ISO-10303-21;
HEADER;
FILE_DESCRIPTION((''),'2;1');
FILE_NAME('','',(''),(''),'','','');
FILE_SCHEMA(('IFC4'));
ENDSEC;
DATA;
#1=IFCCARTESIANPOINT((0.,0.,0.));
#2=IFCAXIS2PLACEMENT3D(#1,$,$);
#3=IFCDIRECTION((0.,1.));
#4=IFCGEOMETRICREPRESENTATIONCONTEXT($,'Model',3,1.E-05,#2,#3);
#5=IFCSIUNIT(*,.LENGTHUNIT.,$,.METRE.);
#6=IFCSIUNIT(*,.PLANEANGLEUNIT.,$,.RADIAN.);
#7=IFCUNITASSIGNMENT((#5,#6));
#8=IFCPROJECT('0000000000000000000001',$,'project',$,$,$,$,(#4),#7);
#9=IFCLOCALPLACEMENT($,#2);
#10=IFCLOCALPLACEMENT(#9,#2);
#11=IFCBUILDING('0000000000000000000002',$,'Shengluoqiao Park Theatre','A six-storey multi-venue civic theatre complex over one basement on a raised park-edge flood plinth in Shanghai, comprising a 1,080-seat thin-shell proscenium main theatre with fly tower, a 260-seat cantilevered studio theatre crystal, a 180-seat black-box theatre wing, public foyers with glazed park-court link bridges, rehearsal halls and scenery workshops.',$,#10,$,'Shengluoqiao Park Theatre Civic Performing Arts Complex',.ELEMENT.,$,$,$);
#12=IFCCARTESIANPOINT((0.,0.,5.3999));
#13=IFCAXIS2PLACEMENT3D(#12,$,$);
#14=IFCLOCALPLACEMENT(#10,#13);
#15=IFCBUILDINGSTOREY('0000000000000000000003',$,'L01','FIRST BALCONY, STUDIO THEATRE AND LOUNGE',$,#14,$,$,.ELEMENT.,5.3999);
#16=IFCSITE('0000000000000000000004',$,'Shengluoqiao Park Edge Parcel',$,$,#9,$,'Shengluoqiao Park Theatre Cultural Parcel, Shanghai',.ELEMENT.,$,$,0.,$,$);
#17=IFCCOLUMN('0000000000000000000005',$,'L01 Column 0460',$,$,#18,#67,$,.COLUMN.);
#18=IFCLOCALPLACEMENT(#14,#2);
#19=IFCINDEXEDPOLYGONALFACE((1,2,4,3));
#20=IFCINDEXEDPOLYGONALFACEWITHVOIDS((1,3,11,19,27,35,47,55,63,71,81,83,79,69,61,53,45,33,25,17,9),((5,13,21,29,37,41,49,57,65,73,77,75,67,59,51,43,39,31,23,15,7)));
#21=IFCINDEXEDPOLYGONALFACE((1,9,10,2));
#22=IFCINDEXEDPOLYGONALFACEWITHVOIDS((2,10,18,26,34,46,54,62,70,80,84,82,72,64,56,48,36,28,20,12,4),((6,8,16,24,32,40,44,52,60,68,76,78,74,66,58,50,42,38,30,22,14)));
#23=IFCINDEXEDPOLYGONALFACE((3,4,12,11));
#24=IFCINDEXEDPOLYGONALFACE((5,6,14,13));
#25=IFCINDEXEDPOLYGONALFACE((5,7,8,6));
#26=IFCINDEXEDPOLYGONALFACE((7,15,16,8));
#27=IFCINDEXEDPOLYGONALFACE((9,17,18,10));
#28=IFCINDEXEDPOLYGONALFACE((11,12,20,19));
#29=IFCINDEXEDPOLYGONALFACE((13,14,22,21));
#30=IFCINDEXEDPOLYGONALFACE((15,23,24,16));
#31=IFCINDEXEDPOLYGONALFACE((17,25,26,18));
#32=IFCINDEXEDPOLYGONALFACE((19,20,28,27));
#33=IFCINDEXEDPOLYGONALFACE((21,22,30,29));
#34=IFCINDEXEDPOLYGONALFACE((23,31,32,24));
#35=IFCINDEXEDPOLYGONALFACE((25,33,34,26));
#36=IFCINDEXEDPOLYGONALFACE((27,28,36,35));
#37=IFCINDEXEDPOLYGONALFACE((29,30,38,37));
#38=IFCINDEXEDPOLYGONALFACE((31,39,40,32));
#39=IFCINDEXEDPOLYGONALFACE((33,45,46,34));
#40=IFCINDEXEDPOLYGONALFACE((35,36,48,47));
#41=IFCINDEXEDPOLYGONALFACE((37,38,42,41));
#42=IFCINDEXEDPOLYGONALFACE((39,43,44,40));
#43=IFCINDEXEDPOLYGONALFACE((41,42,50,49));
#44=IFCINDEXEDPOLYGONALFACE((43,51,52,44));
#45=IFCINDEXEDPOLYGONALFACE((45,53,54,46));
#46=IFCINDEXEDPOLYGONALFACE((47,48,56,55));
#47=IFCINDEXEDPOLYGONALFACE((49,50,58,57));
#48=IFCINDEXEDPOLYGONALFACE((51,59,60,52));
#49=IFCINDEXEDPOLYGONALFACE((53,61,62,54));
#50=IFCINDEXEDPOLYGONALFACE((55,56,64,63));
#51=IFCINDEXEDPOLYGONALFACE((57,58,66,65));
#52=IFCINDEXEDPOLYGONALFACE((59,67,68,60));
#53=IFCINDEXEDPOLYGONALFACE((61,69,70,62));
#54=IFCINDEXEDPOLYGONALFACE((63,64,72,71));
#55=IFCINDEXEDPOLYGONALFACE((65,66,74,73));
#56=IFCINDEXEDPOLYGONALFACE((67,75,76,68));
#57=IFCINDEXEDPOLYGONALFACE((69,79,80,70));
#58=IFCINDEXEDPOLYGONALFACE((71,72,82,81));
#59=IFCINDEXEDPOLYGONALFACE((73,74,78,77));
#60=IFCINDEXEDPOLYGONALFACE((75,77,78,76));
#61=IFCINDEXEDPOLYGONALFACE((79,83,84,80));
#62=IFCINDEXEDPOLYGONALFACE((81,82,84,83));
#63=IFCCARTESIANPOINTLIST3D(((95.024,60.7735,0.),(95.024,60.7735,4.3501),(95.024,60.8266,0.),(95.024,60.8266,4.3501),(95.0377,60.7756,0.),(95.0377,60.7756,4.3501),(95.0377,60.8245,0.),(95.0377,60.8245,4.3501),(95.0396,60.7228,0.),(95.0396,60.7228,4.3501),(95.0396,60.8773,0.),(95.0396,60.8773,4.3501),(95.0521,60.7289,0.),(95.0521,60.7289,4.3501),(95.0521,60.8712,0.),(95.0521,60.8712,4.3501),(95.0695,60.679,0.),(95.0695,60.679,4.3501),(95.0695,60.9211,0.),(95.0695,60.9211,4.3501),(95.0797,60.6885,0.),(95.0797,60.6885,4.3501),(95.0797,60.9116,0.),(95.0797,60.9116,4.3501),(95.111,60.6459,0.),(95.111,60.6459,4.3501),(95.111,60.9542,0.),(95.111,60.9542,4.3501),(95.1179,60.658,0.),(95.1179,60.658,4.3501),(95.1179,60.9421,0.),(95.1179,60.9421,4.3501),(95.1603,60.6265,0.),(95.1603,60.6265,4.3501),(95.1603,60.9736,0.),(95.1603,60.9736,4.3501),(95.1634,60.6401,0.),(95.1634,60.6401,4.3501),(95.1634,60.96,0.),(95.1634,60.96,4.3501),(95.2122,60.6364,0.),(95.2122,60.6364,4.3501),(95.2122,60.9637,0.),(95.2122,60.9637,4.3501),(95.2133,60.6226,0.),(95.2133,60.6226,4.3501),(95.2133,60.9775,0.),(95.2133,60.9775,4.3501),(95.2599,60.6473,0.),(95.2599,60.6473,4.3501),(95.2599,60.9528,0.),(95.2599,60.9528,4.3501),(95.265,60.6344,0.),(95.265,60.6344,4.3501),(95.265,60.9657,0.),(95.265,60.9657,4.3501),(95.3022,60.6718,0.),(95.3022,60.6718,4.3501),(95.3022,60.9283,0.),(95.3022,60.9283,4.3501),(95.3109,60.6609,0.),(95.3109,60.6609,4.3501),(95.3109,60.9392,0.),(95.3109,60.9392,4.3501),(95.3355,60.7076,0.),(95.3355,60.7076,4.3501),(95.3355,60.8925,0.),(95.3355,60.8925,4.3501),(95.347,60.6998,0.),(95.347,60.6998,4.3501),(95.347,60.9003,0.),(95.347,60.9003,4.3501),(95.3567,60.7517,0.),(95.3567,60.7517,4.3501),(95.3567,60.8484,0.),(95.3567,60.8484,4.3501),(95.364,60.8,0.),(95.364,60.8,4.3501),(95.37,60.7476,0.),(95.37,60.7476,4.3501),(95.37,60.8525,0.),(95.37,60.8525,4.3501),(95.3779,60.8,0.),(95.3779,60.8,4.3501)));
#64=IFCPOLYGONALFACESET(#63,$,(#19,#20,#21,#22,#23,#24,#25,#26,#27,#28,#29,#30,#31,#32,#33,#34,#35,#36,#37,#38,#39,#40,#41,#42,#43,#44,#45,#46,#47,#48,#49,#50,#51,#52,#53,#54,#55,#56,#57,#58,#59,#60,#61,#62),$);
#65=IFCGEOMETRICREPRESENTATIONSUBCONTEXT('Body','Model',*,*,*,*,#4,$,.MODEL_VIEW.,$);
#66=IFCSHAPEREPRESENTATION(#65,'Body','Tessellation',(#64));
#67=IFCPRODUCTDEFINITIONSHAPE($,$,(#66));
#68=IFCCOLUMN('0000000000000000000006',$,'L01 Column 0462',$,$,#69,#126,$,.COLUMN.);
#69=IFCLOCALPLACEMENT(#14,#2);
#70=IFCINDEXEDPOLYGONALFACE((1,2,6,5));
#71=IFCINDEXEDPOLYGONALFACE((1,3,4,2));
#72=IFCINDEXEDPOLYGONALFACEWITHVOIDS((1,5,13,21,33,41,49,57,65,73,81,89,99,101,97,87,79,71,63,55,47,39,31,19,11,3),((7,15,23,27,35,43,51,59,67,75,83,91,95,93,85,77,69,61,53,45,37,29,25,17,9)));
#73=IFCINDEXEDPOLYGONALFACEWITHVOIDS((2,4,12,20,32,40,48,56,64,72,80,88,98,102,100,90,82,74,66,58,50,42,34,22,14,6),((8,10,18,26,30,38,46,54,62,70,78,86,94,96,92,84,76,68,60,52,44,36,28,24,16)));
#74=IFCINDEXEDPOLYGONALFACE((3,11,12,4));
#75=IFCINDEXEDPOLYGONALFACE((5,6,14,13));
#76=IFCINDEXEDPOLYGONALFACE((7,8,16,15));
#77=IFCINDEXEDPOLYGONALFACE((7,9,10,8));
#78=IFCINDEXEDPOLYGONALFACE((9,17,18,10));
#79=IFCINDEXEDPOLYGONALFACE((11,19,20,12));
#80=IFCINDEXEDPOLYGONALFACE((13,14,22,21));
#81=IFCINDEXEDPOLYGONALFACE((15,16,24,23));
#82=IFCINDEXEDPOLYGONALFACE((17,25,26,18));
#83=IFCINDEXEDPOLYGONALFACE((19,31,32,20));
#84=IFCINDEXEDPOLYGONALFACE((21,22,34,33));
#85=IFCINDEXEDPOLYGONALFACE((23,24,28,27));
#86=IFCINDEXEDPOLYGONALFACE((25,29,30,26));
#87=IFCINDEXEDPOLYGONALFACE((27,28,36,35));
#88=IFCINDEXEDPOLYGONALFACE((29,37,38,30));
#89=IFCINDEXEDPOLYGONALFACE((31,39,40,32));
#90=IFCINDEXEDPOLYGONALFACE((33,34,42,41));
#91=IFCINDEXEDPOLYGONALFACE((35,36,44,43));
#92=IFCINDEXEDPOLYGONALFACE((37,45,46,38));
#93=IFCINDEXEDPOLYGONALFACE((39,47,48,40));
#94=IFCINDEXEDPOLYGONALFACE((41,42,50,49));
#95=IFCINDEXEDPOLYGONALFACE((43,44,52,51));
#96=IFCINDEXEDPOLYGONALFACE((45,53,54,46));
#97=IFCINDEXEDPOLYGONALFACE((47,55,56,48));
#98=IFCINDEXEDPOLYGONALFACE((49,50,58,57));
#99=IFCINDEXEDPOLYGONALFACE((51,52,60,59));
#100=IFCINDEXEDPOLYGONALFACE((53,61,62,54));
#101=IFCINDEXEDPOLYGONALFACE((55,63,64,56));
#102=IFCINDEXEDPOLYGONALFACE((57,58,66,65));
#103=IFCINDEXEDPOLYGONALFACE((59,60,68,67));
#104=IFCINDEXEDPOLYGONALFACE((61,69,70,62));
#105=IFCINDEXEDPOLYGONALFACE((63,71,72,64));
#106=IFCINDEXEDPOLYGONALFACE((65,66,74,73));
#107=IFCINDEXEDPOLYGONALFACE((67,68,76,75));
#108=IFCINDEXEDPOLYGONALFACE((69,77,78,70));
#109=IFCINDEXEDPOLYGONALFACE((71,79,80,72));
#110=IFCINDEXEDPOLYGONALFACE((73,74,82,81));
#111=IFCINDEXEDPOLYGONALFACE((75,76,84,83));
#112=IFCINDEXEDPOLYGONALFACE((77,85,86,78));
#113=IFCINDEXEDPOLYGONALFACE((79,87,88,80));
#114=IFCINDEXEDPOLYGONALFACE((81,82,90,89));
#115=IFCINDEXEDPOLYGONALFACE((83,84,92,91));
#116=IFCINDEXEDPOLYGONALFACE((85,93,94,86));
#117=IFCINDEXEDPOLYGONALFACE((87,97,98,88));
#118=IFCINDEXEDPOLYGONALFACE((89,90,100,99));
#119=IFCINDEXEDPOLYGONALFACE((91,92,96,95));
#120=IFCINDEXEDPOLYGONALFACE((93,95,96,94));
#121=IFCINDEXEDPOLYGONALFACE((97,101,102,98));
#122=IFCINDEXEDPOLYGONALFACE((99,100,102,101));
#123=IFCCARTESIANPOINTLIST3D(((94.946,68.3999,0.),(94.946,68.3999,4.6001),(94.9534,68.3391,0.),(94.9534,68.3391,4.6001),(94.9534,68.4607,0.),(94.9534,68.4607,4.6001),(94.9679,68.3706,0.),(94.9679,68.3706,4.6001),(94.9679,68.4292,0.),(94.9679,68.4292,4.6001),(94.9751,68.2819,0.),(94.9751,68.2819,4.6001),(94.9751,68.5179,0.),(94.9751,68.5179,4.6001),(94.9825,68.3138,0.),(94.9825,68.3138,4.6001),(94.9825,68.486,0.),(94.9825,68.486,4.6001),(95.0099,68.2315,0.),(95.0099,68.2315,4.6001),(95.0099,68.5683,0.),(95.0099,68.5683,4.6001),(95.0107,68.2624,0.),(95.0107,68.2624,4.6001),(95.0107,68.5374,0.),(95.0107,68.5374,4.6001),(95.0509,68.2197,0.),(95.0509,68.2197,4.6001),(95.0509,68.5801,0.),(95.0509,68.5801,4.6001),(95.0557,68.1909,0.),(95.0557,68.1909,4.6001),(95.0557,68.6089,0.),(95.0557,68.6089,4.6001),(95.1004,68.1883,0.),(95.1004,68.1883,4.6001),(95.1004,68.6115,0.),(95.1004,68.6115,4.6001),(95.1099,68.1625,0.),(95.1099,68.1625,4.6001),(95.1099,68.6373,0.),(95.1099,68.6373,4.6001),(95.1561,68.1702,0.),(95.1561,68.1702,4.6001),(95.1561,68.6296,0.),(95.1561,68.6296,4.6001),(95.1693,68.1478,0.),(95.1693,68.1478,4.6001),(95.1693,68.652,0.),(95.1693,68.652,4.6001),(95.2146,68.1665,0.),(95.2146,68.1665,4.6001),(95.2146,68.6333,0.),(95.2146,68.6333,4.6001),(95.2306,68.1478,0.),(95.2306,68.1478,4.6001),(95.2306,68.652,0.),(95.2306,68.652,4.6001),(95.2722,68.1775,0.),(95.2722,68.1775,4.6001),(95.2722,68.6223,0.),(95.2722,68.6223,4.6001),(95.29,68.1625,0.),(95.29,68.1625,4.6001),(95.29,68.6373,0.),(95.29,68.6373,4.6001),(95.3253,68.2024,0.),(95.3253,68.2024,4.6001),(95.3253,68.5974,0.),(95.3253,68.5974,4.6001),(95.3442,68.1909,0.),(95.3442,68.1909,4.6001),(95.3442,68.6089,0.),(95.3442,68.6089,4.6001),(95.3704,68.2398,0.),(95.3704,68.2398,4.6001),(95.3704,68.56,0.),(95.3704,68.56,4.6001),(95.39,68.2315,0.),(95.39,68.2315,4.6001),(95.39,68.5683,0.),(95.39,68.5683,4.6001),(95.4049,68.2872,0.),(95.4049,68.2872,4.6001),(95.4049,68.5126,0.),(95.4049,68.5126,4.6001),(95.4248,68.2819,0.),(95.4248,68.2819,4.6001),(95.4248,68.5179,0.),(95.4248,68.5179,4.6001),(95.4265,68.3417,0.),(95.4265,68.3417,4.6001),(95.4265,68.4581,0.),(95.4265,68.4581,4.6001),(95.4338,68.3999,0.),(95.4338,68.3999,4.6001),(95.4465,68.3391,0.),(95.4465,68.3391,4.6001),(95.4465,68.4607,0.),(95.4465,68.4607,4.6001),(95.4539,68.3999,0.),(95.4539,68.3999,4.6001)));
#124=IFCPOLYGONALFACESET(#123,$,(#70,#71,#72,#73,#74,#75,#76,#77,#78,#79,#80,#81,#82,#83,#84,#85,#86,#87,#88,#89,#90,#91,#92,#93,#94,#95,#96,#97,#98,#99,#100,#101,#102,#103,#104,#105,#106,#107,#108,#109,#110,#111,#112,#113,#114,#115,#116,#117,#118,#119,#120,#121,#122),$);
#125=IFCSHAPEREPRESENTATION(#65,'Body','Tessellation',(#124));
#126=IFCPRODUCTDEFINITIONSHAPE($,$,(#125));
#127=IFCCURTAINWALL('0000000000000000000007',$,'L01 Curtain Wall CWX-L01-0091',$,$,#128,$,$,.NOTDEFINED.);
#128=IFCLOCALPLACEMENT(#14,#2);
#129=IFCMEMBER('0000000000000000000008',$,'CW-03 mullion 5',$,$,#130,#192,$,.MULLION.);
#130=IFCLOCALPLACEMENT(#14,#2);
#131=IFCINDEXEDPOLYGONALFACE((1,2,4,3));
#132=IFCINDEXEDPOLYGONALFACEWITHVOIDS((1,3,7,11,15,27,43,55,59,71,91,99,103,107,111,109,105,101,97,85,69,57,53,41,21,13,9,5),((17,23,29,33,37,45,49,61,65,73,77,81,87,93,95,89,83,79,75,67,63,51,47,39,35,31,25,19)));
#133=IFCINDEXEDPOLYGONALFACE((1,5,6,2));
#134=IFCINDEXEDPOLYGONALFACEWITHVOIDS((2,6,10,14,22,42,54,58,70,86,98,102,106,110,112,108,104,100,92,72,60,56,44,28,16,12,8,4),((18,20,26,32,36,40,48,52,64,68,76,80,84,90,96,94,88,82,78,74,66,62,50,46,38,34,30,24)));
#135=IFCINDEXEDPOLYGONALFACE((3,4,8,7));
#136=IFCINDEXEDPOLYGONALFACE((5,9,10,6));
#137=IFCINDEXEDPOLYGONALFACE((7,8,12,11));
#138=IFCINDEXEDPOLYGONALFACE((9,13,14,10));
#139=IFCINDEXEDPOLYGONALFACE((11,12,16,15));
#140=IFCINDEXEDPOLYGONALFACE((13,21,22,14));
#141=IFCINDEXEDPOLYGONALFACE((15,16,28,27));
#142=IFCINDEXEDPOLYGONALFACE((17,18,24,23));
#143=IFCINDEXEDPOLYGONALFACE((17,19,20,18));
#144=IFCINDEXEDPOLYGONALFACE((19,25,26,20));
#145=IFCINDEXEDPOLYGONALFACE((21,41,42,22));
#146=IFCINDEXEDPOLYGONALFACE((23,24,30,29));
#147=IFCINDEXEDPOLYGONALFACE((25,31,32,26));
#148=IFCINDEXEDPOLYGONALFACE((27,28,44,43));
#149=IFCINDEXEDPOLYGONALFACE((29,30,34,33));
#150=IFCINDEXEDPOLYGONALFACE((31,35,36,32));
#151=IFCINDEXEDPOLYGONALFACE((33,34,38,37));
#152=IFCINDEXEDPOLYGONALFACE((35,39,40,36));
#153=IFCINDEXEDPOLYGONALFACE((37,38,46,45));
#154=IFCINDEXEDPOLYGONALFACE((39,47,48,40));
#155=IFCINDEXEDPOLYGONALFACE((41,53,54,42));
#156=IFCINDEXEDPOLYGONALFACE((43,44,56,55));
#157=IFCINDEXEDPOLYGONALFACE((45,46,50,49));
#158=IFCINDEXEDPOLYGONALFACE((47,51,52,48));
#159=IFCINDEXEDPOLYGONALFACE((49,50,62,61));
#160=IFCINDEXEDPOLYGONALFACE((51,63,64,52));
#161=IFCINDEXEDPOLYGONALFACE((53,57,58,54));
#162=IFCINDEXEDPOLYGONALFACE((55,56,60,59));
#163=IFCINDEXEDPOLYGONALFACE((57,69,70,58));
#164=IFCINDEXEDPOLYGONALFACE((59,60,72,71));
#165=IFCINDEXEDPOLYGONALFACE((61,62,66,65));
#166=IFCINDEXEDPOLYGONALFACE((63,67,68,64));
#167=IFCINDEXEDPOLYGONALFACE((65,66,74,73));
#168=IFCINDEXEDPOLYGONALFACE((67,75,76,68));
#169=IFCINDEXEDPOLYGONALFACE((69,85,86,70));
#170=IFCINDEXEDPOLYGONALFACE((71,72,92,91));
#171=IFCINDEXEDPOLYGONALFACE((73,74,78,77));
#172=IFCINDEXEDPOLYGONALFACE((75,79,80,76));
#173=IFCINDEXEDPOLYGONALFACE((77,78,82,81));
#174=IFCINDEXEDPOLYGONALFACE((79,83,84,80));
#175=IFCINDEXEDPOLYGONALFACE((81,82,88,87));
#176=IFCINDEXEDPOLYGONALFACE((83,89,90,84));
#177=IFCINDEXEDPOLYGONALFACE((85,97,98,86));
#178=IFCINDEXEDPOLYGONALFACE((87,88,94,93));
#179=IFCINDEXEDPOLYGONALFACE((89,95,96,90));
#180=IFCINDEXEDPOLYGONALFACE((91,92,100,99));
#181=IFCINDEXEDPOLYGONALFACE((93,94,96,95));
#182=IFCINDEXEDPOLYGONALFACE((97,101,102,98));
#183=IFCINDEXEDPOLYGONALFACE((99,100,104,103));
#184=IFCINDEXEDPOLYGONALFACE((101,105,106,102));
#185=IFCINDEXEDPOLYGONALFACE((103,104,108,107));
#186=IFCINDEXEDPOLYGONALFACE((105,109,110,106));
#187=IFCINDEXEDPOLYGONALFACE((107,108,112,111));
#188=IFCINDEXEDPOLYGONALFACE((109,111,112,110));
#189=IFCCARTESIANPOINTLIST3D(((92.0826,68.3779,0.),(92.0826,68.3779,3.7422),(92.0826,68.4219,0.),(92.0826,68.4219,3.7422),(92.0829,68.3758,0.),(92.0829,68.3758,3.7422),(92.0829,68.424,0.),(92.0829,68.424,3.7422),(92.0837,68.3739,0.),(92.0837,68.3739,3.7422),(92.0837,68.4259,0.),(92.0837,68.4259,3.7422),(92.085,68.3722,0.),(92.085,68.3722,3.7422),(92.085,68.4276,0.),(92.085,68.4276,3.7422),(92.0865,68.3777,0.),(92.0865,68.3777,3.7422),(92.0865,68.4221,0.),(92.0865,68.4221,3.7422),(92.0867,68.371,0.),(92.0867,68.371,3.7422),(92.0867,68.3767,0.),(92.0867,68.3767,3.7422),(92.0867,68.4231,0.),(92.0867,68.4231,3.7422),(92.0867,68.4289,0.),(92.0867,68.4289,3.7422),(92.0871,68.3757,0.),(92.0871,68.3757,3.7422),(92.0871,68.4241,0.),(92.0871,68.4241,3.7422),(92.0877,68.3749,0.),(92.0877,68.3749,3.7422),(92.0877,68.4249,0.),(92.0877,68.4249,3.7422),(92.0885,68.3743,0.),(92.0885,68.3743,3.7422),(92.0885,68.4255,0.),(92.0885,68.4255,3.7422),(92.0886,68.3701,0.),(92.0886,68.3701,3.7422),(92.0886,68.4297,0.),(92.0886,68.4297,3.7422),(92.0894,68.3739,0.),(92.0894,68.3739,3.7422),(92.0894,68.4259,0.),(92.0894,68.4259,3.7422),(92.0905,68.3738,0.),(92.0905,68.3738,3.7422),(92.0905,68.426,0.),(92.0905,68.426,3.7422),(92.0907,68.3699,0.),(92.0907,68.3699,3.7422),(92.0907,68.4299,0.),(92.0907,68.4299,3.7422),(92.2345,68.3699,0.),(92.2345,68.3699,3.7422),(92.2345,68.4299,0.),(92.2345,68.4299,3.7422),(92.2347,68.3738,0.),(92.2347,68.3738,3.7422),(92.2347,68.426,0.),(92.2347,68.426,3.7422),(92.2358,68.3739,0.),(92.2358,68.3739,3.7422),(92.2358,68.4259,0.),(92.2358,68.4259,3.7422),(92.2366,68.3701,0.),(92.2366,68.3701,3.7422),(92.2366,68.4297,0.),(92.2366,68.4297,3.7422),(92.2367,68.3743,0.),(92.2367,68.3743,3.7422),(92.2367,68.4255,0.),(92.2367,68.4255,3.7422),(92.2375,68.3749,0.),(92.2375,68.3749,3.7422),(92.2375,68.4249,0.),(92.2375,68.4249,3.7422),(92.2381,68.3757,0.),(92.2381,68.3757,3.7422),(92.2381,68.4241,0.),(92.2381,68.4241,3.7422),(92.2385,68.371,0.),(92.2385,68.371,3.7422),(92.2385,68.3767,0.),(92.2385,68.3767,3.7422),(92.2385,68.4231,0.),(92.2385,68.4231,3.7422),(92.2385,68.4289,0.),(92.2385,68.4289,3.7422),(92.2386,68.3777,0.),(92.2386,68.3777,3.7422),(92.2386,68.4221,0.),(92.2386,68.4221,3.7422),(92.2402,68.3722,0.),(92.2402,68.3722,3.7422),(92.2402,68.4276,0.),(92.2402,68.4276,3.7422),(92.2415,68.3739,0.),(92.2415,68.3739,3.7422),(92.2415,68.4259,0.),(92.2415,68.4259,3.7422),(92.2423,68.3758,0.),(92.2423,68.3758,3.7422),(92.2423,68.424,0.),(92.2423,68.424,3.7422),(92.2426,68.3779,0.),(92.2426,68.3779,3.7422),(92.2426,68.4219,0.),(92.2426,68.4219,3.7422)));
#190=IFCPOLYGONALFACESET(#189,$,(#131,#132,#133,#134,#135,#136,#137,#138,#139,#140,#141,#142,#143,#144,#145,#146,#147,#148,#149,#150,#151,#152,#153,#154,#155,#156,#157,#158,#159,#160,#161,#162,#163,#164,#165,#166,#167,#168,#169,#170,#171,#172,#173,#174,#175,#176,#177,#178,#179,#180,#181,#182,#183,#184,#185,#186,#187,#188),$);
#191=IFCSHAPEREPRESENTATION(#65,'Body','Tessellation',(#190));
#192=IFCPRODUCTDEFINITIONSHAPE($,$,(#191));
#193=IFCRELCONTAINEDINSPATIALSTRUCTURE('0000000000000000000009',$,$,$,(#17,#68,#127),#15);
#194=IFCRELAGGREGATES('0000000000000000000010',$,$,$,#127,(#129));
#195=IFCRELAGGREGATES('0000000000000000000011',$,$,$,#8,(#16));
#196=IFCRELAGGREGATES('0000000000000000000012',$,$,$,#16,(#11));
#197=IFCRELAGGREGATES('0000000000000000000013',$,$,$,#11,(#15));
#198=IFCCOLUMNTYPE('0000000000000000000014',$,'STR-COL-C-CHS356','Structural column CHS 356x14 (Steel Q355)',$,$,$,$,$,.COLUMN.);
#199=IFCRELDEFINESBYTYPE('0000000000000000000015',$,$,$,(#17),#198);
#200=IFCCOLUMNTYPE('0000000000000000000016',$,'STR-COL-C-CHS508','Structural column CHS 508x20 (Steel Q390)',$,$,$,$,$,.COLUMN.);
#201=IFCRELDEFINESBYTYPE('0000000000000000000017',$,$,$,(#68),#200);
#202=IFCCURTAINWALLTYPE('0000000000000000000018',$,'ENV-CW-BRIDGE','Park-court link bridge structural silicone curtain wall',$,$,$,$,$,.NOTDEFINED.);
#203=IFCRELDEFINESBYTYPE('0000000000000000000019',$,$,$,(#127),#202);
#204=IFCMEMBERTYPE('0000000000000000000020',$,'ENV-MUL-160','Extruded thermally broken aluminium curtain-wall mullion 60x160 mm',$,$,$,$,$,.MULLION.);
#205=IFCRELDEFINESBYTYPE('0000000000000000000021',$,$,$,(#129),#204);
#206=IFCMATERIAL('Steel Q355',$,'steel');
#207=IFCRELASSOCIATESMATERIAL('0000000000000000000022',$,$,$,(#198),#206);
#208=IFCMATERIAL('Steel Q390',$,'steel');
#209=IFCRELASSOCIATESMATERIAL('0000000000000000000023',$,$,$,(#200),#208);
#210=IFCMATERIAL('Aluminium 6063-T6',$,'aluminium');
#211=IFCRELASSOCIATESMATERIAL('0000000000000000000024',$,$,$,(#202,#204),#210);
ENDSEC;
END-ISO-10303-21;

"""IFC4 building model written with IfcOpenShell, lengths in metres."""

from ifc_helpers import new_model, si_unit, direction, frame, origin, origin_2d, place, context, subcontext, project, spatial, hollow_rectangle, hollow_circle, extrude, material, material_profile, profile_set, type_object, element, aggregate, save


model = new_model("IFC4")

# Units and contexts
model_context = context("Model", 3, precision=1e-05, world=origin(), true_north=direction((0.0, 1.0)))
body_context = subcontext(model_context, "Body", "Model", "MODEL_VIEW")
ifc_project = project(units=[si_unit("LENGTHUNIT", "METRE"), si_unit("PLANEANGLEUNIT", "RADIAN")], contexts=[model_context])

# Site, building, storey
site_placement = place(None, origin())
site = spatial("IfcSite", under=ifc_project, at=site_placement, Name="Shengluoqiao Park Edge Parcel", LongName="Shengluoqiao Park Theatre Cultural Parcel, Shanghai", CompositionType="ELEMENT", RefElevation=0.0)
building_placement = place(site_placement, origin())
building = spatial("IfcBuilding", under=site, at=building_placement, Name="Shengluoqiao Park Theatre", Description="A six-storey multi-venue civic theatre complex over one basement on a raised park-edge flood plinth in Shanghai, comprising a 1,080-seat thin-shell proscenium main theatre with fly tower, a 260-seat cantilevered studio theatre crystal, a 180-seat black-box theatre wing, public foyers with glazed park-court link bridges, rehearsal halls and scenery workshops.", LongName="Shengluoqiao Park Theatre Civic Performing Arts Complex", CompositionType="ELEMENT")
storey_placement = place(building_placement, frame((0.0, 0.0, 5.3999)))
storey = spatial("IfcBuildingStorey", under=building, at=storey_placement, Name="L01", Description="FIRST BALCONY, STUDIO THEATRE AND LOUNGE", CompositionType="ELEMENT", Elevation=5.3999)

# Columns
ifc_material_1 = material(Name="Steel Q355", Category="steel")
ifc_material_profile_1 = material_profile(ifc_material_1, hollow_circle(Radius=0.178, WallThickness=0.0139, at=origin_2d()), Name="CHS 356x14")
ifc_profile_set_1 = profile_set([ifc_material_profile_1], Name="Steel Q355")
column_type_1 = type_object("IfcColumnType", Name="STR-COL-C-CHS356", Description="Structural column CHS 356x14 (Steel Q355)", PredefinedType="COLUMN", material=ifc_profile_set_1)
column_1_placement = place(storey_placement, frame((95.2, 60.8, 0.0), z_axis=(0.0, 0.0, 1.0), x_axis=(1.0, 0.0, 0.0)))
element("IfcColumn", 1, at=column_1_placement, inside=storey, type_object=column_type_1, Name="L01 Column 0460", PredefinedType="COLUMN", context=body_context, shape_type="SweptSolid", body=[
    extrude(hollow_circle(Radius=0.178, WallThickness=0.0139, at=origin_2d()), origin(), (0.0, 0.0, 1.0), 4.3501),
])
ifc_material_2 = material(Name="Steel Q390", Category="steel")
ifc_material_profile_2 = material_profile(ifc_material_2, hollow_circle(Radius=0.2539, WallThickness=0.02, at=origin_2d()), Name="CHS 508x20")
ifc_profile_set_2 = profile_set([ifc_material_profile_2], Name="Steel Q390")
column_type_2 = type_object("IfcColumnType", Name="STR-COL-C-CHS508", Description="Structural column CHS 508x20 (Steel Q390)", PredefinedType="COLUMN", material=ifc_profile_set_2)
column_2_placement = place(storey_placement, frame((95.2, 68.3999, 0.0), z_axis=(0.0, 0.0, 1.0), x_axis=(1.0, 0.0, 0.0)))
element("IfcColumn", 2, at=column_2_placement, inside=storey, type_object=column_type_2, Name="L01 Column 0462", PredefinedType="COLUMN", context=body_context, shape_type="SweptSolid", body=[
    extrude(hollow_circle(Radius=0.2539, WallThickness=0.02, at=origin_2d()), origin(), (0.0, 0.0, 1.0), 4.6001),
])

# Curtain wall, member
ifc_material_3 = material(Name="Aluminium 6063-T6", Category="aluminium")
curtain_wall_type = type_object("IfcCurtainWallType", Name="ENV-CW-BRIDGE", Description="Park-court link bridge structural silicone curtain wall", PredefinedType="NOTDEFINED", material=ifc_material_3)
curtain_wall_1_placement = place(storey_placement, origin())
curtain_wall_1 = element("IfcCurtainWall", 3, at=curtain_wall_1_placement, inside=storey, type_object=curtain_wall_type, Name="L01 Curtain Wall CWX-L01-0091", PredefinedType="NOTDEFINED")
ifc_material_profile_3 = material_profile(ifc_material_3, hollow_rectangle(XDim=0.0601, YDim=0.1599, WallThickness=0.0039, InnerFilletRadius=0.0039, OuterFilletRadius=0.0081, at=origin_2d()), Name="ALU MULLION 160x60x4")
ifc_profile_set_3 = profile_set([ifc_material_profile_3], Name="Aluminium 6063-T6")
member_type_1 = type_object("IfcMemberType", Name="ENV-MUL-160", Description="Extruded thermally broken aluminium curtain-wall mullion 60x160 mm", PredefinedType="MULLION", material=ifc_profile_set_3)
member_1_placement = place(storey_placement, frame((92.1626, 68.3999, 0.0), z_axis=(0.0, 0.0, 1.0), x_axis=(0.0, 1.0, 0.0)))
member_1 = element("IfcMember", 4, at=member_1_placement, type_object=member_type_1, Name="CW-03 mullion 5", PredefinedType="MULLION", context=body_context, shape_type="SweptSolid", body=[
    extrude(hollow_rectangle(XDim=0.0601, YDim=0.1599, WallThickness=0.0039, InnerFilletRadius=0.0039, OuterFilletRadius=0.0081, at=origin_2d()), origin(), (0.0, 0.0, 1.0), 3.7422),
])

aggregate(curtain_wall_1, [member_1])

save(model, "model.ifc")
